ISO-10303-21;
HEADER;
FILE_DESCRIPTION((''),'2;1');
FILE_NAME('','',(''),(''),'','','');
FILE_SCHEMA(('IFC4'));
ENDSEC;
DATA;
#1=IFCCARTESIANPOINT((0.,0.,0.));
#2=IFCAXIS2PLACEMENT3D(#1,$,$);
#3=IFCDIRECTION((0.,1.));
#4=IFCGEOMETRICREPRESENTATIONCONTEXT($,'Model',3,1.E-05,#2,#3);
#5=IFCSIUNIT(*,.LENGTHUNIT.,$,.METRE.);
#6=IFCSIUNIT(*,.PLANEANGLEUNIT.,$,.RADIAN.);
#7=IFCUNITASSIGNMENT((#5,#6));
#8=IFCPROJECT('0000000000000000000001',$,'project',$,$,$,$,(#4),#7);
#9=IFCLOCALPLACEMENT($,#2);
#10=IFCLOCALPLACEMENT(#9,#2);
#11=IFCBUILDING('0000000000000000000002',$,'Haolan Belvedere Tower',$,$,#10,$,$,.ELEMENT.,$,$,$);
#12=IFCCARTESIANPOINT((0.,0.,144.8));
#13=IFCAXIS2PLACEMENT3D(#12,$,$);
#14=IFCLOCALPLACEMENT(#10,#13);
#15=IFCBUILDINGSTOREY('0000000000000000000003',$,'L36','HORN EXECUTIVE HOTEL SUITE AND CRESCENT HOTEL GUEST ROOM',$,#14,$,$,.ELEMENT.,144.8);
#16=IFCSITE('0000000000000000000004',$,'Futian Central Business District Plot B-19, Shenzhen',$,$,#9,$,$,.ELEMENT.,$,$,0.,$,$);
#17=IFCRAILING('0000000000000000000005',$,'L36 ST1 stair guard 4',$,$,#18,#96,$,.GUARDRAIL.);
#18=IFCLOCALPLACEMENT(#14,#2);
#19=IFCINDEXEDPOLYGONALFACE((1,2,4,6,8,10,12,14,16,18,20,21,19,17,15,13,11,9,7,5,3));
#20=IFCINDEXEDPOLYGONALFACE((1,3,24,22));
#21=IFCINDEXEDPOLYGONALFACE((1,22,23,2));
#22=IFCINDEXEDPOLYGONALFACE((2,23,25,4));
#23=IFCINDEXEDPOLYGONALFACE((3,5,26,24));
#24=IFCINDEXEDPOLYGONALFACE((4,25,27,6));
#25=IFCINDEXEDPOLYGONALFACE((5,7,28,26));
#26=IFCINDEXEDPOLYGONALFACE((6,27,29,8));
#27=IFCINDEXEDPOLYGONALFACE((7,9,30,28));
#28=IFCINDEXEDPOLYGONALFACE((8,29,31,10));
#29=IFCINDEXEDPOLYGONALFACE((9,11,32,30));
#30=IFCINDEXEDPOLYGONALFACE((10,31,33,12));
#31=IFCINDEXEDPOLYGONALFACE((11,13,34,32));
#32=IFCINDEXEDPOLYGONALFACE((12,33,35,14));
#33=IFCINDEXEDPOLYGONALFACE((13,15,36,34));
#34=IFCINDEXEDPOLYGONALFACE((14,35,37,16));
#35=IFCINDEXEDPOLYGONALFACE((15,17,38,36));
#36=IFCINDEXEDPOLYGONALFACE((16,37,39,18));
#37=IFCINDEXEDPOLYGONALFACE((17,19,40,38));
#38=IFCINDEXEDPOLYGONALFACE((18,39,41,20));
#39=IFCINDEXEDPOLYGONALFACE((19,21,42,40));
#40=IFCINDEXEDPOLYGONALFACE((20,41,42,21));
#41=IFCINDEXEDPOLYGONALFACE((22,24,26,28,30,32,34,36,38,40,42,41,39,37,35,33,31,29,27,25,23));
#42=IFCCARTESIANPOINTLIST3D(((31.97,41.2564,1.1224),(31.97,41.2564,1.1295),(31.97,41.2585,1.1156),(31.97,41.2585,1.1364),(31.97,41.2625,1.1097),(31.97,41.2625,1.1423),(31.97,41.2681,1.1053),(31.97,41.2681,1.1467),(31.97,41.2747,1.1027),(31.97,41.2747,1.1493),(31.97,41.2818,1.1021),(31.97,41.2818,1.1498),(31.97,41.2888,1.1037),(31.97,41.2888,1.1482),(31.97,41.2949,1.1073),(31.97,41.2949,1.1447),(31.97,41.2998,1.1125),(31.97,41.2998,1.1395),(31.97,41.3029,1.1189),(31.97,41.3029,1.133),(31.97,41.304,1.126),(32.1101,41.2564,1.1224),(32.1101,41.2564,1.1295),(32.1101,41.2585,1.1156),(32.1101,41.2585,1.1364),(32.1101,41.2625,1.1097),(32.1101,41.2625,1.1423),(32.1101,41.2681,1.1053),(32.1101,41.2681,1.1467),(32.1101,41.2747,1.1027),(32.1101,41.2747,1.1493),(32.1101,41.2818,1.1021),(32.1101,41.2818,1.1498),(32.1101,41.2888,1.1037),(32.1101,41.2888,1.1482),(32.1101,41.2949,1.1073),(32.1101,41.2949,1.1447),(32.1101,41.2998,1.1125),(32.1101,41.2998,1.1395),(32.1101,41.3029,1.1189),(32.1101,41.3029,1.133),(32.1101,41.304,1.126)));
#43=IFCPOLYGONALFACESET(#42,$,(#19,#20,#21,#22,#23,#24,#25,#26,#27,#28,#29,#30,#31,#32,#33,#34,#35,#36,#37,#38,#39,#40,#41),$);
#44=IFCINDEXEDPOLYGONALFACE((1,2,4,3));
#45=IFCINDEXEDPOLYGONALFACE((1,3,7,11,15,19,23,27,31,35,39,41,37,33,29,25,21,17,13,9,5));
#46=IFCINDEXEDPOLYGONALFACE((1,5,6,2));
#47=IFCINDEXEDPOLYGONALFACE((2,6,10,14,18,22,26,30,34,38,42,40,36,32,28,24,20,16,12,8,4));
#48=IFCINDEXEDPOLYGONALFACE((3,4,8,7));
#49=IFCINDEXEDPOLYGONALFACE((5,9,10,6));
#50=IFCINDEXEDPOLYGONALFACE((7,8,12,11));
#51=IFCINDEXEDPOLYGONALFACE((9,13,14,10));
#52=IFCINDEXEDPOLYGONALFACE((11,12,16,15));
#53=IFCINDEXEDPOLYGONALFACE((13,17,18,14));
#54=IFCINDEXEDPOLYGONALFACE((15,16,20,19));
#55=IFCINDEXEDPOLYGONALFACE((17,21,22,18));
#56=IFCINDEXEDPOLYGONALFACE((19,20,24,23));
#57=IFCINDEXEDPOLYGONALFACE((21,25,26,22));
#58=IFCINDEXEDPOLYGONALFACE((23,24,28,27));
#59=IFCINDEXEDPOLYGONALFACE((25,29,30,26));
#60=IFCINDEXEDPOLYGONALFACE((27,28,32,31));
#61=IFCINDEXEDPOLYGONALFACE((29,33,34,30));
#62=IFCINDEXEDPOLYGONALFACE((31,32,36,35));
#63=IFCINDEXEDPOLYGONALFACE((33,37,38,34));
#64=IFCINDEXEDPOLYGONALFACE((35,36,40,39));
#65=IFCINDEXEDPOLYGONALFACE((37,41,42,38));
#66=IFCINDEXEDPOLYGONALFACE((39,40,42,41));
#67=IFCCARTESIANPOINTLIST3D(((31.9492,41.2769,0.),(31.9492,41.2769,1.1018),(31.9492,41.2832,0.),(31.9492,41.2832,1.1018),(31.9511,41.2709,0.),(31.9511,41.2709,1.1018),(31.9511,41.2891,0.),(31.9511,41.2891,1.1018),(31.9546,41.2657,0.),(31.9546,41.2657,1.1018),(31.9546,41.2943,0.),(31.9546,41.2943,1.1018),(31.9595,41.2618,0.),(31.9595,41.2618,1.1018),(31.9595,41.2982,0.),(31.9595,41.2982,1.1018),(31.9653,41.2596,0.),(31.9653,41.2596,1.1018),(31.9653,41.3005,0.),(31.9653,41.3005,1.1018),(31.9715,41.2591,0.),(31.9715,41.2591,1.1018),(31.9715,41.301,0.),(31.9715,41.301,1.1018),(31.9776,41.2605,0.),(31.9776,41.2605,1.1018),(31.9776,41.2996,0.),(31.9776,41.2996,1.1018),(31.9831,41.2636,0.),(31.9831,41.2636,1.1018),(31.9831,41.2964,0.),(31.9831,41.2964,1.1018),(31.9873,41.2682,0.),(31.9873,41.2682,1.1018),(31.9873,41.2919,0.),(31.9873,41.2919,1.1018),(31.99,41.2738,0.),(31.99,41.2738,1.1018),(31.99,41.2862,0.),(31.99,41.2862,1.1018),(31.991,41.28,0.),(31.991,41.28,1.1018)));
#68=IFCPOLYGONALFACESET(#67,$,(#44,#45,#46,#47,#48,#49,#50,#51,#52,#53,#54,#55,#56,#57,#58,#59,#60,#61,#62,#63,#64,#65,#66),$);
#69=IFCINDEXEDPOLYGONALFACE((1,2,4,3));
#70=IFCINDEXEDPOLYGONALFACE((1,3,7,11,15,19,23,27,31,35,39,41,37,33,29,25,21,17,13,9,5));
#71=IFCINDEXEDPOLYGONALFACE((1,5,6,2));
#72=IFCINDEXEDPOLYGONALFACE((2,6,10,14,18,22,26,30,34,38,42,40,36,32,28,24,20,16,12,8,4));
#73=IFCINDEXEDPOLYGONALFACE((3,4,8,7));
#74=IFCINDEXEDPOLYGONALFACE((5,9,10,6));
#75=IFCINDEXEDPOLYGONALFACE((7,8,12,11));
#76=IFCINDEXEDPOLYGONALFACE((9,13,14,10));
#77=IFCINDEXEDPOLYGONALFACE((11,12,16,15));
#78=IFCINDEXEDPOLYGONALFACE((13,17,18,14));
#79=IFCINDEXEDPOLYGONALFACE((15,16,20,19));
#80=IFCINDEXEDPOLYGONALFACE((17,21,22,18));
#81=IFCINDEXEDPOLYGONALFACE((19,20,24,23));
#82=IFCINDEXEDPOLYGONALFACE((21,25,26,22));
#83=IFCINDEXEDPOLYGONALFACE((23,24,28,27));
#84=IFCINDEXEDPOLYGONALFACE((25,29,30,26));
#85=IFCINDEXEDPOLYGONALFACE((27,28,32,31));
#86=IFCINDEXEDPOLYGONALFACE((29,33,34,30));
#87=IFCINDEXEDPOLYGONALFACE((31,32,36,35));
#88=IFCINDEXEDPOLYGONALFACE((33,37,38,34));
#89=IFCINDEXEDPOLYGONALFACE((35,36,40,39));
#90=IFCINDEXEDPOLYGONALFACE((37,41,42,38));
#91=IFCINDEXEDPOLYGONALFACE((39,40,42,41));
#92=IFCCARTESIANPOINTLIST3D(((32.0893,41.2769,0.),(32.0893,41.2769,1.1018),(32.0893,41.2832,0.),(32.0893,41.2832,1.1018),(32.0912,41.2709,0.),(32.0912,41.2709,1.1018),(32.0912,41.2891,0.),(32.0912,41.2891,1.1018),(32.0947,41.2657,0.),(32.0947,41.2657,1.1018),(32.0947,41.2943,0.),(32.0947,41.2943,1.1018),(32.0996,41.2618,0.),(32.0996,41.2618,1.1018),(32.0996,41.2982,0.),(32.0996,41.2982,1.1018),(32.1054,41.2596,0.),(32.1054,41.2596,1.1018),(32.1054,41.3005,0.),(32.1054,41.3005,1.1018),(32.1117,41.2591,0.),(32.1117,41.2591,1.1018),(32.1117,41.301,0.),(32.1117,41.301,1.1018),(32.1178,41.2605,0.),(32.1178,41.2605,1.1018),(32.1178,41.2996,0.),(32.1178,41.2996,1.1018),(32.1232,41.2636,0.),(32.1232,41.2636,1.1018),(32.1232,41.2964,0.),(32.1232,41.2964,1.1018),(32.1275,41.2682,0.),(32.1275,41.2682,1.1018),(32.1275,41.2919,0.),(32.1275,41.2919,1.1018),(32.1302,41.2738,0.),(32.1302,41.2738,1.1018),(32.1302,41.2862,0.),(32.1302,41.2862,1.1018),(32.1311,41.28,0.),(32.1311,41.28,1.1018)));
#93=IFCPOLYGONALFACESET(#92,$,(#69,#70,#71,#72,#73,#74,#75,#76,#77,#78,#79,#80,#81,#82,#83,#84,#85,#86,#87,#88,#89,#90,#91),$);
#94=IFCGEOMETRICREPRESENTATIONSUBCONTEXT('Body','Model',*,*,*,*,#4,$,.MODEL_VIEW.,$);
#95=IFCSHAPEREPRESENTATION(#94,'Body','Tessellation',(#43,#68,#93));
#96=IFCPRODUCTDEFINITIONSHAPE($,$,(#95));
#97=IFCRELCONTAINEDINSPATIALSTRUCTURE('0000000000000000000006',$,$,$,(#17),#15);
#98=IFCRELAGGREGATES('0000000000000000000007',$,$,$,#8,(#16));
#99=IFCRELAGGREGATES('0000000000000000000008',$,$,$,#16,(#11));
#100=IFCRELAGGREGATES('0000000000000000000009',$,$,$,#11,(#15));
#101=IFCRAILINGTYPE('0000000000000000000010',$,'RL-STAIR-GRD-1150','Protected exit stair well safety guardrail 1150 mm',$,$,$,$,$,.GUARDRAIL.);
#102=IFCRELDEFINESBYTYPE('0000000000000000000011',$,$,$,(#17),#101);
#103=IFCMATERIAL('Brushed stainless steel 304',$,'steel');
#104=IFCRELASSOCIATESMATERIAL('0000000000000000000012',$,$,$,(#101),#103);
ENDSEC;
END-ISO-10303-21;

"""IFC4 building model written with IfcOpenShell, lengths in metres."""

from ifc_helpers import new_model, si_unit, direction, frame, origin, origin_2d, place, context, subcontext, project, spatial, circle, extrude, material, type_object, element, save


model = new_model("IFC4")

# Units and contexts
model_context = context("Model", 3, precision=1e-05, world=origin(), true_north=direction((0.0, 1.0)))
body_context = subcontext(model_context, "Body", "Model", "MODEL_VIEW")
ifc_project = project(units=[si_unit("LENGTHUNIT", "METRE"), si_unit("PLANEANGLEUNIT", "RADIAN")], contexts=[model_context])

# Site, building, storey
site_placement = place(None, origin())
site = spatial("IfcSite", under=ifc_project, at=site_placement, Name="Futian Central Business District Plot B-19, Shenzhen", CompositionType="ELEMENT", RefElevation=0.0)
building_placement = place(site_placement, origin())
building = spatial("IfcBuilding", under=site, at=building_placement, Name="Haolan Belvedere Tower", CompositionType="ELEMENT")
storey_placement = place(building_placement, frame((0.0, 0.0, 144.8)))
storey = spatial("IfcBuildingStorey", under=building, at=storey_placement, Name="L36", Description="HORN EXECUTIVE HOTEL SUITE AND CRESCENT HOTEL GUEST ROOM", CompositionType="ELEMENT", Elevation=144.8)

# Railing
ifc_material_1 = material(Name="Brushed stainless steel 304", Category="steel")
railing_type_1 = type_object("IfcRailingType", Name="RL-STAIR-GRD-1150", Description="Protected exit stair well safety guardrail 1150 mm", PredefinedType="GUARDRAIL", material=ifc_material_1)
railing_1_placement = place(storey_placement, frame((31.97, 41.28, 0.0)))
element("IfcRailing", 1, at=railing_1_placement, inside=storey, type_object=railing_type_1, Name="L36 ST1 stair guard 4", PredefinedType="GUARDRAIL", context=body_context, shape_type="SweptSolid", body=[
    extrude(circle(Radius=0.0239, at=origin_2d()), frame((0.0, 0.0, 1.126), z_axis=(1.0, 0.0, 0.0), x_axis=(0.0, 1.0, 0.0)), (0.0, 0.0, 1.0), 0.1401),
    extrude(circle(Radius=0.021, at=origin_2d()), origin(), (0.0, 0.0, 1.0), 1.1018),
    extrude(circle(Radius=0.021, at=origin_2d()), frame((0.1401, 0.0, 0.0)), (0.0, 0.0, 1.0), 1.1018),
])

save(model, "model.ifc")
